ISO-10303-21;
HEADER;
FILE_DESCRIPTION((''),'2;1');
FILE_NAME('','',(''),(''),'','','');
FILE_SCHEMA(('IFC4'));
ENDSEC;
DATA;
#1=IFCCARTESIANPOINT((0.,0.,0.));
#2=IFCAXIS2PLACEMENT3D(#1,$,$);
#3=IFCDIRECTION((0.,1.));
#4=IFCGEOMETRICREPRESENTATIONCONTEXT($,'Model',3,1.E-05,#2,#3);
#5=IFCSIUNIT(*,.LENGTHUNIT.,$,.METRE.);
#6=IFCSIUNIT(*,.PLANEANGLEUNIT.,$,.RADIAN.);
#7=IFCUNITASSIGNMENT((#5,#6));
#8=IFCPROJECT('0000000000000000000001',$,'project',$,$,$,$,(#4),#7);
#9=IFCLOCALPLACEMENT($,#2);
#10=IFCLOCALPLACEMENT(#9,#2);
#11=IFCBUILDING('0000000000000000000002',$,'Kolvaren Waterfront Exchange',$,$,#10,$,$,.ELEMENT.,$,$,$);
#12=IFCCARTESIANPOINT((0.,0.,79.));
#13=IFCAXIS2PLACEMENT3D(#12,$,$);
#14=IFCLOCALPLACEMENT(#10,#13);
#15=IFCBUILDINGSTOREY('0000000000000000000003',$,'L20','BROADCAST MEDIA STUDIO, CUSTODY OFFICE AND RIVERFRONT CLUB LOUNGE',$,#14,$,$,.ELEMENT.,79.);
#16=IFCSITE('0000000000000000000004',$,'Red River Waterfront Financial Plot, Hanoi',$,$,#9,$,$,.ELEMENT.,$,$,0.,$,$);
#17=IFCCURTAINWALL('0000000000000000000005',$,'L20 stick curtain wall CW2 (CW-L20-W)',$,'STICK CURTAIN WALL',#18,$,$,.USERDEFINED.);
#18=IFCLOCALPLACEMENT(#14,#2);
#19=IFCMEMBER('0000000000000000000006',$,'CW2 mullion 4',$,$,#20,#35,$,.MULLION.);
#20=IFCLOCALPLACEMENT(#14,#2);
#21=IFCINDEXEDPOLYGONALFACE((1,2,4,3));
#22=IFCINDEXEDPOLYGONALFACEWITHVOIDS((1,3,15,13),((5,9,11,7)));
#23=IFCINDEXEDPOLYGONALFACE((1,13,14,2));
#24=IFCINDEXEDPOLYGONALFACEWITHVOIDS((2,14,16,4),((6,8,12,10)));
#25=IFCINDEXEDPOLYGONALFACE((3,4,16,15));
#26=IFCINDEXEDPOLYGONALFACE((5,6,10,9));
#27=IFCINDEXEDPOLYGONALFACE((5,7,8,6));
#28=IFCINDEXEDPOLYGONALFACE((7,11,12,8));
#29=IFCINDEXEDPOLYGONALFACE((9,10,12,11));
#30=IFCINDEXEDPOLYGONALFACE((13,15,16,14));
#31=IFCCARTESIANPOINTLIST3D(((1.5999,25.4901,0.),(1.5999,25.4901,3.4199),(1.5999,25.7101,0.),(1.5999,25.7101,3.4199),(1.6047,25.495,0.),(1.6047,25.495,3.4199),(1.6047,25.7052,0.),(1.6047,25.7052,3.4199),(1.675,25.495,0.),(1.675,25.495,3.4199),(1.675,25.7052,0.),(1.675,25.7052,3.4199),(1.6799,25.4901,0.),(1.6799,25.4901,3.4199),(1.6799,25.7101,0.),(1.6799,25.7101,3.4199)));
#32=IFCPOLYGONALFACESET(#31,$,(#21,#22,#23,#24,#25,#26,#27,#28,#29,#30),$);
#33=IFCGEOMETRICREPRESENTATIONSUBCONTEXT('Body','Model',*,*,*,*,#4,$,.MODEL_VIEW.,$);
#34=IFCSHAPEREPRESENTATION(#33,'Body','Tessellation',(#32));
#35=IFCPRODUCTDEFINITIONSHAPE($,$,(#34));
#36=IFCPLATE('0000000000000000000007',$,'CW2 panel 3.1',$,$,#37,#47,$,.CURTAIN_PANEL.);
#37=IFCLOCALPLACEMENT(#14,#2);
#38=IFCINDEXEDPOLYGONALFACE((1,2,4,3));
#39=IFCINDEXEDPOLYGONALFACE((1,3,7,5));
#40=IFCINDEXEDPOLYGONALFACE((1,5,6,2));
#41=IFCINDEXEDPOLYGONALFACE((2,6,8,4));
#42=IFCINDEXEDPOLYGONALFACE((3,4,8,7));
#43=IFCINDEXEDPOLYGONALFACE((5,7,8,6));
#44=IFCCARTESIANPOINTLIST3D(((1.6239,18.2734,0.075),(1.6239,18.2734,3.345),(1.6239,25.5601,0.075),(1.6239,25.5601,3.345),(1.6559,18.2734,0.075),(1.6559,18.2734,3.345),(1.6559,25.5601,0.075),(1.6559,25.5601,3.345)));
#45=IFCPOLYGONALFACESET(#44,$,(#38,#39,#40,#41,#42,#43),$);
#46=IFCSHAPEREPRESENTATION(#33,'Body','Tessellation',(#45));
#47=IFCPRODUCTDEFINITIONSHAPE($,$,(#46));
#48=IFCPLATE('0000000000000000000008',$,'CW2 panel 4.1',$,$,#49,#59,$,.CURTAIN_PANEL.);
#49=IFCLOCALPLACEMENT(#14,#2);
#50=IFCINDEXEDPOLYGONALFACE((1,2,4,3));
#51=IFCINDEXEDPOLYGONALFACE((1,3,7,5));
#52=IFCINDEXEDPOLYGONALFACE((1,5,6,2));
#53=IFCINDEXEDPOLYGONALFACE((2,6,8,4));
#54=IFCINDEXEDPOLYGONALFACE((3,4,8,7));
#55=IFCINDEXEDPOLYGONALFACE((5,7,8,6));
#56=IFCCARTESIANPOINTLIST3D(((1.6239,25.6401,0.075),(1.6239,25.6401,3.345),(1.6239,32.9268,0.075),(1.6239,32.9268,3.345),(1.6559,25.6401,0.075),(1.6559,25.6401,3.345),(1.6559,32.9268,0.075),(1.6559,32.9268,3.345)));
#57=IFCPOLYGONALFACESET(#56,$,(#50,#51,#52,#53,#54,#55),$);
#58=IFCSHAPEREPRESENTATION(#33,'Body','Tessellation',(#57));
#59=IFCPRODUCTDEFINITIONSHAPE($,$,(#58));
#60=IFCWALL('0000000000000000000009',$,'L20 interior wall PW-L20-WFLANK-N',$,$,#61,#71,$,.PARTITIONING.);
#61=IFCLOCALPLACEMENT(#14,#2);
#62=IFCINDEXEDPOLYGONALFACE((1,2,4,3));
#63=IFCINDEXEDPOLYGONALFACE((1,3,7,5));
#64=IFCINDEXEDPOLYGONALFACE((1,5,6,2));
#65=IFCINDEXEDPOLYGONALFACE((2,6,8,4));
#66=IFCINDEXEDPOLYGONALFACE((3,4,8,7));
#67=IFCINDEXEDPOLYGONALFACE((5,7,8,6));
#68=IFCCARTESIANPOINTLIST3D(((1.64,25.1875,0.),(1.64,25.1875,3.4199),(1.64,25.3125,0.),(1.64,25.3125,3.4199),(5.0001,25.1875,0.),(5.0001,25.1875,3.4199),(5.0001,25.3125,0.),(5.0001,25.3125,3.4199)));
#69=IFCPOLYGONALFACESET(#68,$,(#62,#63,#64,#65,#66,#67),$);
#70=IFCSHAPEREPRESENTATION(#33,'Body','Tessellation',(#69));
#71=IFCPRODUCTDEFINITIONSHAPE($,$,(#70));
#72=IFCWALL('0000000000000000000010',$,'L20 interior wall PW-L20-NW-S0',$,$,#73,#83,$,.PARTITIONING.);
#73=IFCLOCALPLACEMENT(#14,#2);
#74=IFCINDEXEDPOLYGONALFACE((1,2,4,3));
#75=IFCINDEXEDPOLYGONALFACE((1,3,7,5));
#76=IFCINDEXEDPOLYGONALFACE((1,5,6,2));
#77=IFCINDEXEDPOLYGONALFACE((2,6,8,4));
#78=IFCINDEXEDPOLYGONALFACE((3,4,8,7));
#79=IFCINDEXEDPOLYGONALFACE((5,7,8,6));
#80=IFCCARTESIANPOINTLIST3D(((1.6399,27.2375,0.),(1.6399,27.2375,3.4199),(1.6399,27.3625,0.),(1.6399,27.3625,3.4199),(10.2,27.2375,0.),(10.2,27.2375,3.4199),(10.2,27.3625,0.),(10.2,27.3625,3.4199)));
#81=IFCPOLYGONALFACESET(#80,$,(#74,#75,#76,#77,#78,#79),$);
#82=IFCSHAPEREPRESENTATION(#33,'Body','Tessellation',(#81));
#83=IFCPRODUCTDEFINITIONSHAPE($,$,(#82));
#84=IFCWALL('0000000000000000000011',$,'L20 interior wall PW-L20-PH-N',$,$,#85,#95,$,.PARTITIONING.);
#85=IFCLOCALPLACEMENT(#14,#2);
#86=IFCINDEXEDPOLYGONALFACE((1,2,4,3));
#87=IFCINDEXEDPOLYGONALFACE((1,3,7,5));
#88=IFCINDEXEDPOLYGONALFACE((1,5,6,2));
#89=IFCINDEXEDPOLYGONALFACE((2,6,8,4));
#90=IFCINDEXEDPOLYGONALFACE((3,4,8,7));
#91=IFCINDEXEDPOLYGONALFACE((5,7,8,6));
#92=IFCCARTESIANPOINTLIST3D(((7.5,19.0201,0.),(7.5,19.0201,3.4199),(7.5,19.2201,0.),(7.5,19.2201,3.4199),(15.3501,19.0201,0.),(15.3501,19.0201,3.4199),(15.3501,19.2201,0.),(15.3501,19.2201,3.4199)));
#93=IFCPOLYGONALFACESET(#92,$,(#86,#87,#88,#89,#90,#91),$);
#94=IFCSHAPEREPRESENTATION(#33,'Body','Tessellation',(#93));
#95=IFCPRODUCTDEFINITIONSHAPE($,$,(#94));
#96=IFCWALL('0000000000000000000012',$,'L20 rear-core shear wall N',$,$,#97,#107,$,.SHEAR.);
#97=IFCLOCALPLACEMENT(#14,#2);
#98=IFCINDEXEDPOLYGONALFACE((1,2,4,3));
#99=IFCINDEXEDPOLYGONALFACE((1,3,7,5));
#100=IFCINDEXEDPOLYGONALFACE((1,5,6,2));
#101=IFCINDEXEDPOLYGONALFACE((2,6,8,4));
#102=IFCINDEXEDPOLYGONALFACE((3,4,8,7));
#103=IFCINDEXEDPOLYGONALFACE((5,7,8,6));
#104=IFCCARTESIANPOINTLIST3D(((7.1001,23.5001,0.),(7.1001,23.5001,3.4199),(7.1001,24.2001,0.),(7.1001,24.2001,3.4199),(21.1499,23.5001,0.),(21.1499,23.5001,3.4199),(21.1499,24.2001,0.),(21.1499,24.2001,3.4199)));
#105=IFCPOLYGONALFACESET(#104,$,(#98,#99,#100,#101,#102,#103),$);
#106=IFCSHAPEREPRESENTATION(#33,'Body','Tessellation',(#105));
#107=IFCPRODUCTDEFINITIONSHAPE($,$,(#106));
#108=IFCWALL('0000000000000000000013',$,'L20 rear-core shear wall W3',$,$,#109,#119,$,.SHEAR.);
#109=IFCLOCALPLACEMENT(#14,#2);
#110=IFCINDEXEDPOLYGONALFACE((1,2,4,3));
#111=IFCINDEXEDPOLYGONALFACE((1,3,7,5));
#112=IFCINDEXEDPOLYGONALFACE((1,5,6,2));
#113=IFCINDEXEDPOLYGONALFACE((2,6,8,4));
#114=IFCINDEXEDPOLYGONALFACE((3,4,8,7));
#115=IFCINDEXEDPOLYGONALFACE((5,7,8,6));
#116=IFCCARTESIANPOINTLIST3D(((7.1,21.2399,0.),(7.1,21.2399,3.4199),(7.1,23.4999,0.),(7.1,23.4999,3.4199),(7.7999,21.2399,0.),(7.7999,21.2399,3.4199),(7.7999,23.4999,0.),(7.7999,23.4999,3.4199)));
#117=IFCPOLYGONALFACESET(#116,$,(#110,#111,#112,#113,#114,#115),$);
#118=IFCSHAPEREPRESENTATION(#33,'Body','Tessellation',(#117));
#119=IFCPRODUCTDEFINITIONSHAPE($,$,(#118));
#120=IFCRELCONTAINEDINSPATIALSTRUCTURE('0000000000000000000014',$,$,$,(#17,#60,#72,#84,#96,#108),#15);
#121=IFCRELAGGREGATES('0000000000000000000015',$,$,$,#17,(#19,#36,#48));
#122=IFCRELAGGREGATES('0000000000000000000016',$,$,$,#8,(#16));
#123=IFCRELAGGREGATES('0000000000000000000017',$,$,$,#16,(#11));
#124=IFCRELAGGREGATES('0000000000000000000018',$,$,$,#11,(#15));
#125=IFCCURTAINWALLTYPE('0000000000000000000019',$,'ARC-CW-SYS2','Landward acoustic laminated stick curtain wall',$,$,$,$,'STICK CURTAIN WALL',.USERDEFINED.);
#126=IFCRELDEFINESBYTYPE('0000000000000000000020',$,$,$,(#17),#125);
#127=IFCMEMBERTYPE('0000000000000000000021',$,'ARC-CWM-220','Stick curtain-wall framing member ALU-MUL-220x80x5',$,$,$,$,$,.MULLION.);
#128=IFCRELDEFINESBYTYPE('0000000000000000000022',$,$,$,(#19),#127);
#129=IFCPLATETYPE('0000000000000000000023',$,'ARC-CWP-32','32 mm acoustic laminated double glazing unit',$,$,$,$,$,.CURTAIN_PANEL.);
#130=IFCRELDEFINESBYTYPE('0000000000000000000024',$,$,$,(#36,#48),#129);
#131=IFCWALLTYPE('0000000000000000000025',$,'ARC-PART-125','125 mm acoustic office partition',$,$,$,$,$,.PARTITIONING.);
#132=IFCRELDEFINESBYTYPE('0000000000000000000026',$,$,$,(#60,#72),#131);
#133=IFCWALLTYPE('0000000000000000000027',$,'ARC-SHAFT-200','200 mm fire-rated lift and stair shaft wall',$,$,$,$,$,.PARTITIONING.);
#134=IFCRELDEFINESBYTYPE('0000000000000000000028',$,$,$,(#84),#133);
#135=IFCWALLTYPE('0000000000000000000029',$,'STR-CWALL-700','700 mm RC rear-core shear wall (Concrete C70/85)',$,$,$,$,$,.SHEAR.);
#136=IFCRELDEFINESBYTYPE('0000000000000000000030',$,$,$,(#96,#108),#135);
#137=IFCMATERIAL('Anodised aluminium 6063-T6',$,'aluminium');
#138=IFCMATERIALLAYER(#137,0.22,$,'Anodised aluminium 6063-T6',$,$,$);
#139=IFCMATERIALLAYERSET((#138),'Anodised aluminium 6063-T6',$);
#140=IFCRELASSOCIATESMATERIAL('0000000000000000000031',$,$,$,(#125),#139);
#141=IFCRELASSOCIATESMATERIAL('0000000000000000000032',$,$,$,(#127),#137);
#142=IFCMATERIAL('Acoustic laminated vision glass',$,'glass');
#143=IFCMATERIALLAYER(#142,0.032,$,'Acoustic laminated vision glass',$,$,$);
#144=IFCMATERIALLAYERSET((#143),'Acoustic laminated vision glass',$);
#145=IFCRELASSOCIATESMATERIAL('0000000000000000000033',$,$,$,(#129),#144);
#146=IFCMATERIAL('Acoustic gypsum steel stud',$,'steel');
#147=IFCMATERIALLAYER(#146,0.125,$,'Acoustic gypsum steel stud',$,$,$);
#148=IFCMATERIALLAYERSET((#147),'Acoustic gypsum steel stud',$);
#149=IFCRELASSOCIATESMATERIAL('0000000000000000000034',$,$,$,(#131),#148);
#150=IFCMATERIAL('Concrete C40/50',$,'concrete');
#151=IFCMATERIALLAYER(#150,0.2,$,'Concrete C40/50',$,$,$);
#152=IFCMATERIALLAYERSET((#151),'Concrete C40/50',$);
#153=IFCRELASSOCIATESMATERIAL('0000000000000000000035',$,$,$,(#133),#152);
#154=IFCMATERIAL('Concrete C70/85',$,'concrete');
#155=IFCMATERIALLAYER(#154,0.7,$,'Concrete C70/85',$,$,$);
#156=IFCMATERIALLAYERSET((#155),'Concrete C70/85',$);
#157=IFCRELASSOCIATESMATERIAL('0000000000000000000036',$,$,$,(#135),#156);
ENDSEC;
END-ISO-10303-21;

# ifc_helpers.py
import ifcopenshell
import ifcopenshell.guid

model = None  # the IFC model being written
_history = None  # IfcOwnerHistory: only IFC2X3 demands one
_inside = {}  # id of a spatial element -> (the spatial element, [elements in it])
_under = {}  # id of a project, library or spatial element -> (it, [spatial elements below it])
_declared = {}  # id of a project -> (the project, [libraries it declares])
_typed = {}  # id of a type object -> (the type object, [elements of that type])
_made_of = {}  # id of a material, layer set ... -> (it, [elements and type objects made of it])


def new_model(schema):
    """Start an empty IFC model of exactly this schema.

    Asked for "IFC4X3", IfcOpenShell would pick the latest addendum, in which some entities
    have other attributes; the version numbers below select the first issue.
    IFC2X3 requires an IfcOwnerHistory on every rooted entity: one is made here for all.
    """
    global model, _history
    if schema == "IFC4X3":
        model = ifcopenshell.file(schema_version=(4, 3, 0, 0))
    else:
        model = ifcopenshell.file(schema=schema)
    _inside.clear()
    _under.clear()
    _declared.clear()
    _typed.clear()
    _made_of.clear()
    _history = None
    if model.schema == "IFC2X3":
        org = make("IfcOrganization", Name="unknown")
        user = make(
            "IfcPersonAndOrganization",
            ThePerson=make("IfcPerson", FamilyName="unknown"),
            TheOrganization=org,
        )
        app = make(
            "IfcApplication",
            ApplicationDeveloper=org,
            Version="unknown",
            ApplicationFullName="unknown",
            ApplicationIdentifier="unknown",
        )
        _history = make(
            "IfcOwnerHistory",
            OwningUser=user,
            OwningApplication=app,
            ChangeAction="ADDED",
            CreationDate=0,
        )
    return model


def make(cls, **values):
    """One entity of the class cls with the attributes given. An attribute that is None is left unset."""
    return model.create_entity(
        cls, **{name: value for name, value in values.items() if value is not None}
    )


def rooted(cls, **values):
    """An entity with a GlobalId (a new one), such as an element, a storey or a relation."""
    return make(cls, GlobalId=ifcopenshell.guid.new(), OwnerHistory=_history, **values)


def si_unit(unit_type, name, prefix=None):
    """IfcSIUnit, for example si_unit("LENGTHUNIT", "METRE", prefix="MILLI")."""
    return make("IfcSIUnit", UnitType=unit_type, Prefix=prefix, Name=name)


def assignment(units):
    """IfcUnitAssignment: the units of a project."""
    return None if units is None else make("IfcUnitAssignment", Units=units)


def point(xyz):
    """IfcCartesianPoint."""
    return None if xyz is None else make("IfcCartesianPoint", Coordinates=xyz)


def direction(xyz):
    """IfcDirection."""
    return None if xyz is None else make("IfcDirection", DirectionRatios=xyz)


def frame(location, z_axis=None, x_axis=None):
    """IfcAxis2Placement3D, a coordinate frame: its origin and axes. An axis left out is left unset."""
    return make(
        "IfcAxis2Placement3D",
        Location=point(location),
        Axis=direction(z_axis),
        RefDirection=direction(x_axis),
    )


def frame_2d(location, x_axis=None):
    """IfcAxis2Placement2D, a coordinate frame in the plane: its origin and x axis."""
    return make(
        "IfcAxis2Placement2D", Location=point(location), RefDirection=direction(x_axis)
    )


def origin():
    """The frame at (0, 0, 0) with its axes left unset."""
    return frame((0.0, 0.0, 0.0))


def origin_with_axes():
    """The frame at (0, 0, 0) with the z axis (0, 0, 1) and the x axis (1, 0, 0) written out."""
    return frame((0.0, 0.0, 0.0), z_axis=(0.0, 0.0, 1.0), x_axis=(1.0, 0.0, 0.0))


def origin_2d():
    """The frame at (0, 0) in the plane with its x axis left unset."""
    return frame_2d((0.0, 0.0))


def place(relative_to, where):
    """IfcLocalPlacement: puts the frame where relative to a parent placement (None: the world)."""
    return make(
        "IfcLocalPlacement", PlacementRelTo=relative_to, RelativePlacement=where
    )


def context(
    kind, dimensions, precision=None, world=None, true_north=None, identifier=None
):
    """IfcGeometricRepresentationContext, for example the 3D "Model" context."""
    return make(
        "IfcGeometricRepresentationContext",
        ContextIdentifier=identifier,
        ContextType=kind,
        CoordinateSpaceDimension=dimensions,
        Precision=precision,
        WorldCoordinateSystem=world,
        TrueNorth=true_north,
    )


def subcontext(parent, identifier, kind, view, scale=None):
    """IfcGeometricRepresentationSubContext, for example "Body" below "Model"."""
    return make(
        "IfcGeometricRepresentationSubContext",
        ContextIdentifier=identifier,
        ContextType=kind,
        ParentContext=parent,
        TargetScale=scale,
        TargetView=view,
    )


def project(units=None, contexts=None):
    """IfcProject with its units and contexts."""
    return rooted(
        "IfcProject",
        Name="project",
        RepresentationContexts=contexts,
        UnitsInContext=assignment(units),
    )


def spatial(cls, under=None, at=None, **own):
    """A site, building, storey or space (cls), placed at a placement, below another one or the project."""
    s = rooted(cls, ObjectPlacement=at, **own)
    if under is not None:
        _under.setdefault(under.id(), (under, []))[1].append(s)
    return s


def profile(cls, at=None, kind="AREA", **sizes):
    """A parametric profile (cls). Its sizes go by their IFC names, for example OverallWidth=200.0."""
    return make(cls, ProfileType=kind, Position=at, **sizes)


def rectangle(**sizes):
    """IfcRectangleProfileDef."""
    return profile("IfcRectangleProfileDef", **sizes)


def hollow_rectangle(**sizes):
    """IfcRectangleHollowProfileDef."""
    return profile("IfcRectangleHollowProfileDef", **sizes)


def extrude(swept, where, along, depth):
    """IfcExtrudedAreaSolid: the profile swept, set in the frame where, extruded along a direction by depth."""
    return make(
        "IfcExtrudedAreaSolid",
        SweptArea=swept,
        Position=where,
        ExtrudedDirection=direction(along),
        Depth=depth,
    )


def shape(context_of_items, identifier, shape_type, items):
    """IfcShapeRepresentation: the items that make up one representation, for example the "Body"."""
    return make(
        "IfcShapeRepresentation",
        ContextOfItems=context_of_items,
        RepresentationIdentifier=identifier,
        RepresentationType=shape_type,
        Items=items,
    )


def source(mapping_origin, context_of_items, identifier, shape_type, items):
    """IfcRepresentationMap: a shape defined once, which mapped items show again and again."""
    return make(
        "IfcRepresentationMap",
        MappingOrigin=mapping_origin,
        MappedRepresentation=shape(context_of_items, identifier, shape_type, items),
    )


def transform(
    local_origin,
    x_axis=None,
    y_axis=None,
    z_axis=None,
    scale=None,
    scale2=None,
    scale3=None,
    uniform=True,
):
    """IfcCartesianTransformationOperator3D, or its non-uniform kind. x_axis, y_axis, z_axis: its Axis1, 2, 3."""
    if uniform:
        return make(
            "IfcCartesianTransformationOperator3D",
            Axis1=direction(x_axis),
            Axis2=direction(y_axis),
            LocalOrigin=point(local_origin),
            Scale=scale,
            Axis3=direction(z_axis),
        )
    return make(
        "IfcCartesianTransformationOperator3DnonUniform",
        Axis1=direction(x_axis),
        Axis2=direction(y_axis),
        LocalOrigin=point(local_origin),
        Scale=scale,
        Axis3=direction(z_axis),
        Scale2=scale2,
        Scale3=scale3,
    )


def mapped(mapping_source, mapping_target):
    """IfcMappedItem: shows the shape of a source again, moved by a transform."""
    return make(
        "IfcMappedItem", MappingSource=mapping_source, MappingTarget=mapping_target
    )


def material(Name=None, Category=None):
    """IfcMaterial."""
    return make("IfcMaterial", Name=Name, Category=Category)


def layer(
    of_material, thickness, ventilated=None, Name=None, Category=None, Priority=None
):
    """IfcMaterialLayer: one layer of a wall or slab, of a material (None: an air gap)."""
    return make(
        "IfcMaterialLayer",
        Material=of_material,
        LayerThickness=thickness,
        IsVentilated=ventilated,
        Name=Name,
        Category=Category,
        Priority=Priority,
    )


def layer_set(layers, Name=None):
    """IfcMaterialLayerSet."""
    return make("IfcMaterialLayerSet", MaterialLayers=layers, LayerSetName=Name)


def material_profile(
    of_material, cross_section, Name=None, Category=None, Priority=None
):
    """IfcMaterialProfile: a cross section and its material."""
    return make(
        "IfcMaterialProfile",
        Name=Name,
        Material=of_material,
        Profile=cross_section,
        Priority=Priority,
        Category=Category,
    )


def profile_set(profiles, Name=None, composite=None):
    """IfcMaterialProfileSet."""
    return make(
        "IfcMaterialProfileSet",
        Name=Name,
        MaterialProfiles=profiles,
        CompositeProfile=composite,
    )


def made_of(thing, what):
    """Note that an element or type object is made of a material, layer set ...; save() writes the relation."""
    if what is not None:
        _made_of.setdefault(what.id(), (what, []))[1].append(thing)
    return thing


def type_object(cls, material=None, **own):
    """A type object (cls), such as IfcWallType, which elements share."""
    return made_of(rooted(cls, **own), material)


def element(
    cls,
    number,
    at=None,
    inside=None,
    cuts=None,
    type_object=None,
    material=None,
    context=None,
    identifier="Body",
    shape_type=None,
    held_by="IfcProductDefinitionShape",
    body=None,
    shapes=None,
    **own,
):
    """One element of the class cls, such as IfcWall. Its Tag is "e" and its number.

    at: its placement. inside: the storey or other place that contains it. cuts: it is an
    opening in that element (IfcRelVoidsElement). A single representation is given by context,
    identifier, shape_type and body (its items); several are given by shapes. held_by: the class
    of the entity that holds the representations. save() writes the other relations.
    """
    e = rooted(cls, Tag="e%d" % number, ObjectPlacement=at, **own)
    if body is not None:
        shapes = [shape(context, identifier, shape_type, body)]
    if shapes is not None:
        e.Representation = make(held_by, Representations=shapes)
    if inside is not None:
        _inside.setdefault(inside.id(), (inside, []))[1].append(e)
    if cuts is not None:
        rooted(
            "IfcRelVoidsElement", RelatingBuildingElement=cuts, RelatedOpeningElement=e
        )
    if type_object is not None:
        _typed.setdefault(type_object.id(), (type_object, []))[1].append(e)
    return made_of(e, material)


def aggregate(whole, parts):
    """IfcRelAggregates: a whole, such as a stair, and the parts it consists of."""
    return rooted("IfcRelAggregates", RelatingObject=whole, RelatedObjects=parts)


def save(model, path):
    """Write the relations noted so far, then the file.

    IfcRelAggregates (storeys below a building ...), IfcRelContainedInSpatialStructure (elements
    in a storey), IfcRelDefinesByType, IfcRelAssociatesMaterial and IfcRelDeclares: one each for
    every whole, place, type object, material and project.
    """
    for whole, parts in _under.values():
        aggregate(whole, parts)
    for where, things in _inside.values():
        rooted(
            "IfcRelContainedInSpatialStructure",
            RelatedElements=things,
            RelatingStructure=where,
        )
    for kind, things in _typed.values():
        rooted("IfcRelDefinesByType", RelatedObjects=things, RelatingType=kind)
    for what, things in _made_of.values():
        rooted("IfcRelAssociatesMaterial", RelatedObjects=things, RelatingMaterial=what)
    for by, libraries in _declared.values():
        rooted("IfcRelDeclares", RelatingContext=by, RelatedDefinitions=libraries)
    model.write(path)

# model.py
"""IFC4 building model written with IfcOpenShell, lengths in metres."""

from ifc_helpers import new_model, si_unit, direction, frame, frame_2d, origin, origin_with_axes, origin_2d, place, context, subcontext, project, spatial, rectangle, hollow_rectangle, extrude, source, transform, mapped, material, layer, layer_set, material_profile, profile_set, type_object, element, aggregate, save


model = new_model("IFC4")

# Units and contexts
model_context = context("Model", 3, precision=1e-05, world=origin(), true_north=direction((0.0, 1.0)))
body_context = subcontext(model_context, "Body", "Model", "MODEL_VIEW")
ifc_project = project(units=[si_unit("LENGTHUNIT", "METRE"), si_unit("PLANEANGLEUNIT", "RADIAN")], contexts=[model_context])

# Site, building, storey
site_placement = place(None, origin())
site = spatial("IfcSite", under=ifc_project, at=site_placement, Name="Red River Waterfront Financial Plot, Hanoi", CompositionType="ELEMENT", RefElevation=0.0)
building_placement = place(site_placement, origin())
building = spatial("IfcBuilding", under=site, at=building_placement, Name="Kolvaren Waterfront Exchange", CompositionType="ELEMENT")
storey_placement = place(building_placement, frame((0.0, 0.0, 79.0)))
storey = spatial("IfcBuildingStorey", under=building, at=storey_placement, Name="L20", Description="BROADCAST MEDIA STUDIO, CUSTODY OFFICE AND RIVERFRONT CLUB LOUNGE", CompositionType="ELEMENT", Elevation=79.0)

# Shared definitions
ifc_material_1 = material(Name="Concrete C70/85", Category="concrete")

# Curtain wall, member, plates
ifc_material_2 = material(Name="Anodised aluminium 6063-T6", Category="aluminium")
ifc_layer_1 = layer(ifc_material_2, 0.22, Name="Anodised aluminium 6063-T6")
ifc_layer_set_1 = layer_set([ifc_layer_1], Name="Anodised aluminium 6063-T6")
curtain_wall_type = type_object("IfcCurtainWallType", Name="ARC-CW-SYS2", Description="Landward acoustic laminated stick curtain wall", ElementType="STICK CURTAIN WALL", PredefinedType="USERDEFINED", material=ifc_layer_set_1)
curtain_wall_placement = place(storey_placement, origin())
curtain_wall = element("IfcCurtainWall", 1, at=curtain_wall_placement, inside=storey, type_object=curtain_wall_type, Name="L20 stick curtain wall CW2 (CW-L20-W)", ObjectType="STICK CURTAIN WALL", PredefinedType="USERDEFINED")
ifc_material_profile_1 = material_profile(ifc_material_2, hollow_rectangle(XDim=0.0801, YDim=0.22, WallThickness=0.0049, at=origin_2d()), Name="ALU-MUL-220x80x5")
ifc_profile_set_1 = profile_set([ifc_material_profile_1], Name="Anodised aluminium 6063-T6")
member_type_1 = type_object("IfcMemberType", Name="ARC-CWM-220", Description="Stick curtain-wall framing member ALU-MUL-220x80x5", PredefinedType="MULLION", material=ifc_profile_set_1)
shared_shape_1 = source(origin_with_axes(), body_context, "Body", "SweptSolid", [
    extrude(hollow_rectangle(XDim=0.0801, YDim=0.22, WallThickness=0.0049, at=origin_2d()), origin(), (0.0, 0.0, 1.0), 3.4199),
])
member_1_placement = place(storey_placement, frame((1.6399, 25.6001, 0.0), z_axis=(0.0, 0.0, 1.0), x_axis=(-1.0, 0.0, 0.0)))
member_1 = element("IfcMember", 2, at=member_1_placement, type_object=member_type_1, Name="CW2 mullion 4", PredefinedType="MULLION", context=body_context, shape_type="MappedRepresentation", body=[
    mapped(shared_shape_1, transform((0.0, 0.0, 0.0), x_axis=(1.0, 0.0, 0.0), y_axis=(0.0, 1.0, 0.0), z_axis=(0.0, 0.0, 1.0), scale=1.0)),
])
ifc_material_3 = material(Name="Acoustic laminated vision glass", Category="glass")
ifc_layer_2 = layer(ifc_material_3, 0.032, Name="Acoustic laminated vision glass")
ifc_layer_set_2 = layer_set([ifc_layer_2], Name="Acoustic laminated vision glass")
plate_type = type_object("IfcPlateType", Name="ARC-CWP-32", Description="32 mm acoustic laminated double glazing unit", PredefinedType="CURTAIN_PANEL", material=ifc_layer_set_2)
shared_shape_2 = source(origin_with_axes(), body_context, "Body", "SweptSolid", [
    extrude(rectangle(XDim=7.2866, YDim=0.032, at=origin_2d()), origin(), (0.0, 0.0, 1.0), 3.27),
])
plate_1_placement = place(storey_placement, frame((1.6399, 21.9167, 0.075), z_axis=(0.0, 0.0, 1.0), x_axis=(0.0, 1.0, 0.0)))
plate_1 = element("IfcPlate", 3, at=plate_1_placement, type_object=plate_type, Name="CW2 panel 3.1", PredefinedType="CURTAIN_PANEL", context=body_context, shape_type="MappedRepresentation", body=[
    mapped(shared_shape_2, transform((0.0, 0.0, 0.0), x_axis=(1.0, 0.0, 0.0), y_axis=(0.0, 1.0, 0.0), z_axis=(0.0, 0.0, 1.0), scale=1.0)),
])
plate_2_placement = place(storey_placement, frame((1.6399, 29.2834, 0.075), z_axis=(0.0, 0.0, 1.0), x_axis=(0.0, 1.0, 0.0)))
plate_2 = element("IfcPlate", 4, at=plate_2_placement, type_object=plate_type, Name="CW2 panel 4.1", PredefinedType="CURTAIN_PANEL", context=body_context, shape_type="MappedRepresentation", body=[
    mapped(shared_shape_2, transform((0.0, 0.0, 0.0), x_axis=(1.0, 0.0, 0.0), y_axis=(0.0, 1.0, 0.0), z_axis=(0.0, 0.0, 1.0), scale=1.0)),
])
aggregate(curtain_wall, [member_1, plate_1, plate_2])

# Walls
ifc_material_4 = material(Name="Acoustic gypsum steel stud", Category="steel")
ifc_layer_3 = layer(ifc_material_4, 0.125, Name="Acoustic gypsum steel stud")
ifc_layer_set_3 = layer_set([ifc_layer_3], Name="Acoustic gypsum steel stud")
wall_type_1 = type_object("IfcWallType", Name="ARC-PART-125", Description="125 mm acoustic office partition", PredefinedType="PARTITIONING", material=ifc_layer_set_3)
wall_1_placement = place(storey_placement, frame((1.6399, 25.25, 0.0), z_axis=(0.0, 0.0, 1.0), x_axis=(1.0, 0.0, 0.0)))
element("IfcWall", 5, at=wall_1_placement, inside=storey, type_object=wall_type_1, Name="L20 interior wall PW-L20-WFLANK-N", PredefinedType="PARTITIONING", context=body_context, shape_type="SweptSolid", body=[
    extrude(rectangle(XDim=3.3601, YDim=0.125, at=frame_2d((1.6802, 0.0))), origin(), (0.0, 0.0, 1.0), 3.4199),
])
wall_2_placement = place(storey_placement, frame((1.6399, 27.3, 0.0), z_axis=(0.0, 0.0, 1.0), x_axis=(1.0, 0.0, 0.0)))
element("IfcWall", 6, at=wall_2_placement, inside=storey, type_object=wall_type_1, Name="L20 interior wall PW-L20-NW-S0", PredefinedType="PARTITIONING", context=body_context, shape_type="SweptSolid", body=[
    extrude(rectangle(XDim=8.5601, YDim=0.125, at=frame_2d((4.28, 0.0))), origin(), (0.0, 0.0, 1.0), 3.4199),
])

# Walls
ifc_material_5 = material(Name="Concrete C40/50", Category="concrete")
ifc_layer_4 = layer(ifc_material_5, 0.2, Name="Concrete C40/50")
ifc_layer_set_4 = layer_set([ifc_layer_4], Name="Concrete C40/50")
wall_type_2 = type_object("IfcWallType", Name="ARC-SHAFT-200", Description="200 mm fire-rated lift and stair shaft wall", PredefinedType="PARTITIONING", material=ifc_layer_set_4)
wall_3_placement = place(storey_placement, frame((7.5, 19.1201, 0.0), z_axis=(0.0, 0.0, 1.0), x_axis=(1.0, 0.0, 0.0)))
element("IfcWall", 7, at=wall_3_placement, inside=storey, type_object=wall_type_2, Name="L20 interior wall PW-L20-PH-N", PredefinedType="PARTITIONING", context=body_context, shape_type="SweptSolid", body=[
    extrude(rectangle(XDim=7.8501, YDim=0.2, at=frame_2d((3.925, 0.0))), origin(), (0.0, 0.0, 1.0), 3.4199),
])
ifc_layer_5 = layer(ifc_material_1, 0.7, Name="Concrete C70/85")
ifc_layer_set_5 = layer_set([ifc_layer_5], Name="Concrete C70/85")
wall_type_3 = type_object("IfcWallType", Name="STR-CWALL-700", Description="700 mm RC rear-core shear wall (Concrete C70/85)", PredefinedType="SHEAR", material=ifc_layer_set_5)
wall_4_placement = place(storey_placement, frame((7.1001, 23.8501, 0.0), z_axis=(0.0, 0.0, 1.0), x_axis=(1.0, 0.0, 0.0)))
element("IfcWall", 8, at=wall_4_placement, inside=storey, type_object=wall_type_3, Name="L20 rear-core shear wall N", PredefinedType="SHEAR", context=body_context, shape_type="SweptSolid", body=[
    extrude(rectangle(XDim=14.0498, YDim=0.7, at=frame_2d((7.0249, 0.0))), origin(), (0.0, 0.0, 1.0), 3.4199),
])
wall_5_placement = place(storey_placement, frame((7.45, 21.24, 0.0), z_axis=(0.0, 0.0, 1.0), x_axis=(0.0, 1.0, 0.0)))
element("IfcWall", 9, at=wall_5_placement, inside=storey, type_object=wall_type_3, Name="L20 rear-core shear wall W3", PredefinedType="SHEAR", context=body_context, shape_type="SweptSolid", body=[
    extrude(rectangle(XDim=2.26, YDim=0.7, at=frame_2d((1.1299, 0.0))), origin(), (0.0, 0.0, 1.0), 3.4199),
])

save(model, "model.ifc")
